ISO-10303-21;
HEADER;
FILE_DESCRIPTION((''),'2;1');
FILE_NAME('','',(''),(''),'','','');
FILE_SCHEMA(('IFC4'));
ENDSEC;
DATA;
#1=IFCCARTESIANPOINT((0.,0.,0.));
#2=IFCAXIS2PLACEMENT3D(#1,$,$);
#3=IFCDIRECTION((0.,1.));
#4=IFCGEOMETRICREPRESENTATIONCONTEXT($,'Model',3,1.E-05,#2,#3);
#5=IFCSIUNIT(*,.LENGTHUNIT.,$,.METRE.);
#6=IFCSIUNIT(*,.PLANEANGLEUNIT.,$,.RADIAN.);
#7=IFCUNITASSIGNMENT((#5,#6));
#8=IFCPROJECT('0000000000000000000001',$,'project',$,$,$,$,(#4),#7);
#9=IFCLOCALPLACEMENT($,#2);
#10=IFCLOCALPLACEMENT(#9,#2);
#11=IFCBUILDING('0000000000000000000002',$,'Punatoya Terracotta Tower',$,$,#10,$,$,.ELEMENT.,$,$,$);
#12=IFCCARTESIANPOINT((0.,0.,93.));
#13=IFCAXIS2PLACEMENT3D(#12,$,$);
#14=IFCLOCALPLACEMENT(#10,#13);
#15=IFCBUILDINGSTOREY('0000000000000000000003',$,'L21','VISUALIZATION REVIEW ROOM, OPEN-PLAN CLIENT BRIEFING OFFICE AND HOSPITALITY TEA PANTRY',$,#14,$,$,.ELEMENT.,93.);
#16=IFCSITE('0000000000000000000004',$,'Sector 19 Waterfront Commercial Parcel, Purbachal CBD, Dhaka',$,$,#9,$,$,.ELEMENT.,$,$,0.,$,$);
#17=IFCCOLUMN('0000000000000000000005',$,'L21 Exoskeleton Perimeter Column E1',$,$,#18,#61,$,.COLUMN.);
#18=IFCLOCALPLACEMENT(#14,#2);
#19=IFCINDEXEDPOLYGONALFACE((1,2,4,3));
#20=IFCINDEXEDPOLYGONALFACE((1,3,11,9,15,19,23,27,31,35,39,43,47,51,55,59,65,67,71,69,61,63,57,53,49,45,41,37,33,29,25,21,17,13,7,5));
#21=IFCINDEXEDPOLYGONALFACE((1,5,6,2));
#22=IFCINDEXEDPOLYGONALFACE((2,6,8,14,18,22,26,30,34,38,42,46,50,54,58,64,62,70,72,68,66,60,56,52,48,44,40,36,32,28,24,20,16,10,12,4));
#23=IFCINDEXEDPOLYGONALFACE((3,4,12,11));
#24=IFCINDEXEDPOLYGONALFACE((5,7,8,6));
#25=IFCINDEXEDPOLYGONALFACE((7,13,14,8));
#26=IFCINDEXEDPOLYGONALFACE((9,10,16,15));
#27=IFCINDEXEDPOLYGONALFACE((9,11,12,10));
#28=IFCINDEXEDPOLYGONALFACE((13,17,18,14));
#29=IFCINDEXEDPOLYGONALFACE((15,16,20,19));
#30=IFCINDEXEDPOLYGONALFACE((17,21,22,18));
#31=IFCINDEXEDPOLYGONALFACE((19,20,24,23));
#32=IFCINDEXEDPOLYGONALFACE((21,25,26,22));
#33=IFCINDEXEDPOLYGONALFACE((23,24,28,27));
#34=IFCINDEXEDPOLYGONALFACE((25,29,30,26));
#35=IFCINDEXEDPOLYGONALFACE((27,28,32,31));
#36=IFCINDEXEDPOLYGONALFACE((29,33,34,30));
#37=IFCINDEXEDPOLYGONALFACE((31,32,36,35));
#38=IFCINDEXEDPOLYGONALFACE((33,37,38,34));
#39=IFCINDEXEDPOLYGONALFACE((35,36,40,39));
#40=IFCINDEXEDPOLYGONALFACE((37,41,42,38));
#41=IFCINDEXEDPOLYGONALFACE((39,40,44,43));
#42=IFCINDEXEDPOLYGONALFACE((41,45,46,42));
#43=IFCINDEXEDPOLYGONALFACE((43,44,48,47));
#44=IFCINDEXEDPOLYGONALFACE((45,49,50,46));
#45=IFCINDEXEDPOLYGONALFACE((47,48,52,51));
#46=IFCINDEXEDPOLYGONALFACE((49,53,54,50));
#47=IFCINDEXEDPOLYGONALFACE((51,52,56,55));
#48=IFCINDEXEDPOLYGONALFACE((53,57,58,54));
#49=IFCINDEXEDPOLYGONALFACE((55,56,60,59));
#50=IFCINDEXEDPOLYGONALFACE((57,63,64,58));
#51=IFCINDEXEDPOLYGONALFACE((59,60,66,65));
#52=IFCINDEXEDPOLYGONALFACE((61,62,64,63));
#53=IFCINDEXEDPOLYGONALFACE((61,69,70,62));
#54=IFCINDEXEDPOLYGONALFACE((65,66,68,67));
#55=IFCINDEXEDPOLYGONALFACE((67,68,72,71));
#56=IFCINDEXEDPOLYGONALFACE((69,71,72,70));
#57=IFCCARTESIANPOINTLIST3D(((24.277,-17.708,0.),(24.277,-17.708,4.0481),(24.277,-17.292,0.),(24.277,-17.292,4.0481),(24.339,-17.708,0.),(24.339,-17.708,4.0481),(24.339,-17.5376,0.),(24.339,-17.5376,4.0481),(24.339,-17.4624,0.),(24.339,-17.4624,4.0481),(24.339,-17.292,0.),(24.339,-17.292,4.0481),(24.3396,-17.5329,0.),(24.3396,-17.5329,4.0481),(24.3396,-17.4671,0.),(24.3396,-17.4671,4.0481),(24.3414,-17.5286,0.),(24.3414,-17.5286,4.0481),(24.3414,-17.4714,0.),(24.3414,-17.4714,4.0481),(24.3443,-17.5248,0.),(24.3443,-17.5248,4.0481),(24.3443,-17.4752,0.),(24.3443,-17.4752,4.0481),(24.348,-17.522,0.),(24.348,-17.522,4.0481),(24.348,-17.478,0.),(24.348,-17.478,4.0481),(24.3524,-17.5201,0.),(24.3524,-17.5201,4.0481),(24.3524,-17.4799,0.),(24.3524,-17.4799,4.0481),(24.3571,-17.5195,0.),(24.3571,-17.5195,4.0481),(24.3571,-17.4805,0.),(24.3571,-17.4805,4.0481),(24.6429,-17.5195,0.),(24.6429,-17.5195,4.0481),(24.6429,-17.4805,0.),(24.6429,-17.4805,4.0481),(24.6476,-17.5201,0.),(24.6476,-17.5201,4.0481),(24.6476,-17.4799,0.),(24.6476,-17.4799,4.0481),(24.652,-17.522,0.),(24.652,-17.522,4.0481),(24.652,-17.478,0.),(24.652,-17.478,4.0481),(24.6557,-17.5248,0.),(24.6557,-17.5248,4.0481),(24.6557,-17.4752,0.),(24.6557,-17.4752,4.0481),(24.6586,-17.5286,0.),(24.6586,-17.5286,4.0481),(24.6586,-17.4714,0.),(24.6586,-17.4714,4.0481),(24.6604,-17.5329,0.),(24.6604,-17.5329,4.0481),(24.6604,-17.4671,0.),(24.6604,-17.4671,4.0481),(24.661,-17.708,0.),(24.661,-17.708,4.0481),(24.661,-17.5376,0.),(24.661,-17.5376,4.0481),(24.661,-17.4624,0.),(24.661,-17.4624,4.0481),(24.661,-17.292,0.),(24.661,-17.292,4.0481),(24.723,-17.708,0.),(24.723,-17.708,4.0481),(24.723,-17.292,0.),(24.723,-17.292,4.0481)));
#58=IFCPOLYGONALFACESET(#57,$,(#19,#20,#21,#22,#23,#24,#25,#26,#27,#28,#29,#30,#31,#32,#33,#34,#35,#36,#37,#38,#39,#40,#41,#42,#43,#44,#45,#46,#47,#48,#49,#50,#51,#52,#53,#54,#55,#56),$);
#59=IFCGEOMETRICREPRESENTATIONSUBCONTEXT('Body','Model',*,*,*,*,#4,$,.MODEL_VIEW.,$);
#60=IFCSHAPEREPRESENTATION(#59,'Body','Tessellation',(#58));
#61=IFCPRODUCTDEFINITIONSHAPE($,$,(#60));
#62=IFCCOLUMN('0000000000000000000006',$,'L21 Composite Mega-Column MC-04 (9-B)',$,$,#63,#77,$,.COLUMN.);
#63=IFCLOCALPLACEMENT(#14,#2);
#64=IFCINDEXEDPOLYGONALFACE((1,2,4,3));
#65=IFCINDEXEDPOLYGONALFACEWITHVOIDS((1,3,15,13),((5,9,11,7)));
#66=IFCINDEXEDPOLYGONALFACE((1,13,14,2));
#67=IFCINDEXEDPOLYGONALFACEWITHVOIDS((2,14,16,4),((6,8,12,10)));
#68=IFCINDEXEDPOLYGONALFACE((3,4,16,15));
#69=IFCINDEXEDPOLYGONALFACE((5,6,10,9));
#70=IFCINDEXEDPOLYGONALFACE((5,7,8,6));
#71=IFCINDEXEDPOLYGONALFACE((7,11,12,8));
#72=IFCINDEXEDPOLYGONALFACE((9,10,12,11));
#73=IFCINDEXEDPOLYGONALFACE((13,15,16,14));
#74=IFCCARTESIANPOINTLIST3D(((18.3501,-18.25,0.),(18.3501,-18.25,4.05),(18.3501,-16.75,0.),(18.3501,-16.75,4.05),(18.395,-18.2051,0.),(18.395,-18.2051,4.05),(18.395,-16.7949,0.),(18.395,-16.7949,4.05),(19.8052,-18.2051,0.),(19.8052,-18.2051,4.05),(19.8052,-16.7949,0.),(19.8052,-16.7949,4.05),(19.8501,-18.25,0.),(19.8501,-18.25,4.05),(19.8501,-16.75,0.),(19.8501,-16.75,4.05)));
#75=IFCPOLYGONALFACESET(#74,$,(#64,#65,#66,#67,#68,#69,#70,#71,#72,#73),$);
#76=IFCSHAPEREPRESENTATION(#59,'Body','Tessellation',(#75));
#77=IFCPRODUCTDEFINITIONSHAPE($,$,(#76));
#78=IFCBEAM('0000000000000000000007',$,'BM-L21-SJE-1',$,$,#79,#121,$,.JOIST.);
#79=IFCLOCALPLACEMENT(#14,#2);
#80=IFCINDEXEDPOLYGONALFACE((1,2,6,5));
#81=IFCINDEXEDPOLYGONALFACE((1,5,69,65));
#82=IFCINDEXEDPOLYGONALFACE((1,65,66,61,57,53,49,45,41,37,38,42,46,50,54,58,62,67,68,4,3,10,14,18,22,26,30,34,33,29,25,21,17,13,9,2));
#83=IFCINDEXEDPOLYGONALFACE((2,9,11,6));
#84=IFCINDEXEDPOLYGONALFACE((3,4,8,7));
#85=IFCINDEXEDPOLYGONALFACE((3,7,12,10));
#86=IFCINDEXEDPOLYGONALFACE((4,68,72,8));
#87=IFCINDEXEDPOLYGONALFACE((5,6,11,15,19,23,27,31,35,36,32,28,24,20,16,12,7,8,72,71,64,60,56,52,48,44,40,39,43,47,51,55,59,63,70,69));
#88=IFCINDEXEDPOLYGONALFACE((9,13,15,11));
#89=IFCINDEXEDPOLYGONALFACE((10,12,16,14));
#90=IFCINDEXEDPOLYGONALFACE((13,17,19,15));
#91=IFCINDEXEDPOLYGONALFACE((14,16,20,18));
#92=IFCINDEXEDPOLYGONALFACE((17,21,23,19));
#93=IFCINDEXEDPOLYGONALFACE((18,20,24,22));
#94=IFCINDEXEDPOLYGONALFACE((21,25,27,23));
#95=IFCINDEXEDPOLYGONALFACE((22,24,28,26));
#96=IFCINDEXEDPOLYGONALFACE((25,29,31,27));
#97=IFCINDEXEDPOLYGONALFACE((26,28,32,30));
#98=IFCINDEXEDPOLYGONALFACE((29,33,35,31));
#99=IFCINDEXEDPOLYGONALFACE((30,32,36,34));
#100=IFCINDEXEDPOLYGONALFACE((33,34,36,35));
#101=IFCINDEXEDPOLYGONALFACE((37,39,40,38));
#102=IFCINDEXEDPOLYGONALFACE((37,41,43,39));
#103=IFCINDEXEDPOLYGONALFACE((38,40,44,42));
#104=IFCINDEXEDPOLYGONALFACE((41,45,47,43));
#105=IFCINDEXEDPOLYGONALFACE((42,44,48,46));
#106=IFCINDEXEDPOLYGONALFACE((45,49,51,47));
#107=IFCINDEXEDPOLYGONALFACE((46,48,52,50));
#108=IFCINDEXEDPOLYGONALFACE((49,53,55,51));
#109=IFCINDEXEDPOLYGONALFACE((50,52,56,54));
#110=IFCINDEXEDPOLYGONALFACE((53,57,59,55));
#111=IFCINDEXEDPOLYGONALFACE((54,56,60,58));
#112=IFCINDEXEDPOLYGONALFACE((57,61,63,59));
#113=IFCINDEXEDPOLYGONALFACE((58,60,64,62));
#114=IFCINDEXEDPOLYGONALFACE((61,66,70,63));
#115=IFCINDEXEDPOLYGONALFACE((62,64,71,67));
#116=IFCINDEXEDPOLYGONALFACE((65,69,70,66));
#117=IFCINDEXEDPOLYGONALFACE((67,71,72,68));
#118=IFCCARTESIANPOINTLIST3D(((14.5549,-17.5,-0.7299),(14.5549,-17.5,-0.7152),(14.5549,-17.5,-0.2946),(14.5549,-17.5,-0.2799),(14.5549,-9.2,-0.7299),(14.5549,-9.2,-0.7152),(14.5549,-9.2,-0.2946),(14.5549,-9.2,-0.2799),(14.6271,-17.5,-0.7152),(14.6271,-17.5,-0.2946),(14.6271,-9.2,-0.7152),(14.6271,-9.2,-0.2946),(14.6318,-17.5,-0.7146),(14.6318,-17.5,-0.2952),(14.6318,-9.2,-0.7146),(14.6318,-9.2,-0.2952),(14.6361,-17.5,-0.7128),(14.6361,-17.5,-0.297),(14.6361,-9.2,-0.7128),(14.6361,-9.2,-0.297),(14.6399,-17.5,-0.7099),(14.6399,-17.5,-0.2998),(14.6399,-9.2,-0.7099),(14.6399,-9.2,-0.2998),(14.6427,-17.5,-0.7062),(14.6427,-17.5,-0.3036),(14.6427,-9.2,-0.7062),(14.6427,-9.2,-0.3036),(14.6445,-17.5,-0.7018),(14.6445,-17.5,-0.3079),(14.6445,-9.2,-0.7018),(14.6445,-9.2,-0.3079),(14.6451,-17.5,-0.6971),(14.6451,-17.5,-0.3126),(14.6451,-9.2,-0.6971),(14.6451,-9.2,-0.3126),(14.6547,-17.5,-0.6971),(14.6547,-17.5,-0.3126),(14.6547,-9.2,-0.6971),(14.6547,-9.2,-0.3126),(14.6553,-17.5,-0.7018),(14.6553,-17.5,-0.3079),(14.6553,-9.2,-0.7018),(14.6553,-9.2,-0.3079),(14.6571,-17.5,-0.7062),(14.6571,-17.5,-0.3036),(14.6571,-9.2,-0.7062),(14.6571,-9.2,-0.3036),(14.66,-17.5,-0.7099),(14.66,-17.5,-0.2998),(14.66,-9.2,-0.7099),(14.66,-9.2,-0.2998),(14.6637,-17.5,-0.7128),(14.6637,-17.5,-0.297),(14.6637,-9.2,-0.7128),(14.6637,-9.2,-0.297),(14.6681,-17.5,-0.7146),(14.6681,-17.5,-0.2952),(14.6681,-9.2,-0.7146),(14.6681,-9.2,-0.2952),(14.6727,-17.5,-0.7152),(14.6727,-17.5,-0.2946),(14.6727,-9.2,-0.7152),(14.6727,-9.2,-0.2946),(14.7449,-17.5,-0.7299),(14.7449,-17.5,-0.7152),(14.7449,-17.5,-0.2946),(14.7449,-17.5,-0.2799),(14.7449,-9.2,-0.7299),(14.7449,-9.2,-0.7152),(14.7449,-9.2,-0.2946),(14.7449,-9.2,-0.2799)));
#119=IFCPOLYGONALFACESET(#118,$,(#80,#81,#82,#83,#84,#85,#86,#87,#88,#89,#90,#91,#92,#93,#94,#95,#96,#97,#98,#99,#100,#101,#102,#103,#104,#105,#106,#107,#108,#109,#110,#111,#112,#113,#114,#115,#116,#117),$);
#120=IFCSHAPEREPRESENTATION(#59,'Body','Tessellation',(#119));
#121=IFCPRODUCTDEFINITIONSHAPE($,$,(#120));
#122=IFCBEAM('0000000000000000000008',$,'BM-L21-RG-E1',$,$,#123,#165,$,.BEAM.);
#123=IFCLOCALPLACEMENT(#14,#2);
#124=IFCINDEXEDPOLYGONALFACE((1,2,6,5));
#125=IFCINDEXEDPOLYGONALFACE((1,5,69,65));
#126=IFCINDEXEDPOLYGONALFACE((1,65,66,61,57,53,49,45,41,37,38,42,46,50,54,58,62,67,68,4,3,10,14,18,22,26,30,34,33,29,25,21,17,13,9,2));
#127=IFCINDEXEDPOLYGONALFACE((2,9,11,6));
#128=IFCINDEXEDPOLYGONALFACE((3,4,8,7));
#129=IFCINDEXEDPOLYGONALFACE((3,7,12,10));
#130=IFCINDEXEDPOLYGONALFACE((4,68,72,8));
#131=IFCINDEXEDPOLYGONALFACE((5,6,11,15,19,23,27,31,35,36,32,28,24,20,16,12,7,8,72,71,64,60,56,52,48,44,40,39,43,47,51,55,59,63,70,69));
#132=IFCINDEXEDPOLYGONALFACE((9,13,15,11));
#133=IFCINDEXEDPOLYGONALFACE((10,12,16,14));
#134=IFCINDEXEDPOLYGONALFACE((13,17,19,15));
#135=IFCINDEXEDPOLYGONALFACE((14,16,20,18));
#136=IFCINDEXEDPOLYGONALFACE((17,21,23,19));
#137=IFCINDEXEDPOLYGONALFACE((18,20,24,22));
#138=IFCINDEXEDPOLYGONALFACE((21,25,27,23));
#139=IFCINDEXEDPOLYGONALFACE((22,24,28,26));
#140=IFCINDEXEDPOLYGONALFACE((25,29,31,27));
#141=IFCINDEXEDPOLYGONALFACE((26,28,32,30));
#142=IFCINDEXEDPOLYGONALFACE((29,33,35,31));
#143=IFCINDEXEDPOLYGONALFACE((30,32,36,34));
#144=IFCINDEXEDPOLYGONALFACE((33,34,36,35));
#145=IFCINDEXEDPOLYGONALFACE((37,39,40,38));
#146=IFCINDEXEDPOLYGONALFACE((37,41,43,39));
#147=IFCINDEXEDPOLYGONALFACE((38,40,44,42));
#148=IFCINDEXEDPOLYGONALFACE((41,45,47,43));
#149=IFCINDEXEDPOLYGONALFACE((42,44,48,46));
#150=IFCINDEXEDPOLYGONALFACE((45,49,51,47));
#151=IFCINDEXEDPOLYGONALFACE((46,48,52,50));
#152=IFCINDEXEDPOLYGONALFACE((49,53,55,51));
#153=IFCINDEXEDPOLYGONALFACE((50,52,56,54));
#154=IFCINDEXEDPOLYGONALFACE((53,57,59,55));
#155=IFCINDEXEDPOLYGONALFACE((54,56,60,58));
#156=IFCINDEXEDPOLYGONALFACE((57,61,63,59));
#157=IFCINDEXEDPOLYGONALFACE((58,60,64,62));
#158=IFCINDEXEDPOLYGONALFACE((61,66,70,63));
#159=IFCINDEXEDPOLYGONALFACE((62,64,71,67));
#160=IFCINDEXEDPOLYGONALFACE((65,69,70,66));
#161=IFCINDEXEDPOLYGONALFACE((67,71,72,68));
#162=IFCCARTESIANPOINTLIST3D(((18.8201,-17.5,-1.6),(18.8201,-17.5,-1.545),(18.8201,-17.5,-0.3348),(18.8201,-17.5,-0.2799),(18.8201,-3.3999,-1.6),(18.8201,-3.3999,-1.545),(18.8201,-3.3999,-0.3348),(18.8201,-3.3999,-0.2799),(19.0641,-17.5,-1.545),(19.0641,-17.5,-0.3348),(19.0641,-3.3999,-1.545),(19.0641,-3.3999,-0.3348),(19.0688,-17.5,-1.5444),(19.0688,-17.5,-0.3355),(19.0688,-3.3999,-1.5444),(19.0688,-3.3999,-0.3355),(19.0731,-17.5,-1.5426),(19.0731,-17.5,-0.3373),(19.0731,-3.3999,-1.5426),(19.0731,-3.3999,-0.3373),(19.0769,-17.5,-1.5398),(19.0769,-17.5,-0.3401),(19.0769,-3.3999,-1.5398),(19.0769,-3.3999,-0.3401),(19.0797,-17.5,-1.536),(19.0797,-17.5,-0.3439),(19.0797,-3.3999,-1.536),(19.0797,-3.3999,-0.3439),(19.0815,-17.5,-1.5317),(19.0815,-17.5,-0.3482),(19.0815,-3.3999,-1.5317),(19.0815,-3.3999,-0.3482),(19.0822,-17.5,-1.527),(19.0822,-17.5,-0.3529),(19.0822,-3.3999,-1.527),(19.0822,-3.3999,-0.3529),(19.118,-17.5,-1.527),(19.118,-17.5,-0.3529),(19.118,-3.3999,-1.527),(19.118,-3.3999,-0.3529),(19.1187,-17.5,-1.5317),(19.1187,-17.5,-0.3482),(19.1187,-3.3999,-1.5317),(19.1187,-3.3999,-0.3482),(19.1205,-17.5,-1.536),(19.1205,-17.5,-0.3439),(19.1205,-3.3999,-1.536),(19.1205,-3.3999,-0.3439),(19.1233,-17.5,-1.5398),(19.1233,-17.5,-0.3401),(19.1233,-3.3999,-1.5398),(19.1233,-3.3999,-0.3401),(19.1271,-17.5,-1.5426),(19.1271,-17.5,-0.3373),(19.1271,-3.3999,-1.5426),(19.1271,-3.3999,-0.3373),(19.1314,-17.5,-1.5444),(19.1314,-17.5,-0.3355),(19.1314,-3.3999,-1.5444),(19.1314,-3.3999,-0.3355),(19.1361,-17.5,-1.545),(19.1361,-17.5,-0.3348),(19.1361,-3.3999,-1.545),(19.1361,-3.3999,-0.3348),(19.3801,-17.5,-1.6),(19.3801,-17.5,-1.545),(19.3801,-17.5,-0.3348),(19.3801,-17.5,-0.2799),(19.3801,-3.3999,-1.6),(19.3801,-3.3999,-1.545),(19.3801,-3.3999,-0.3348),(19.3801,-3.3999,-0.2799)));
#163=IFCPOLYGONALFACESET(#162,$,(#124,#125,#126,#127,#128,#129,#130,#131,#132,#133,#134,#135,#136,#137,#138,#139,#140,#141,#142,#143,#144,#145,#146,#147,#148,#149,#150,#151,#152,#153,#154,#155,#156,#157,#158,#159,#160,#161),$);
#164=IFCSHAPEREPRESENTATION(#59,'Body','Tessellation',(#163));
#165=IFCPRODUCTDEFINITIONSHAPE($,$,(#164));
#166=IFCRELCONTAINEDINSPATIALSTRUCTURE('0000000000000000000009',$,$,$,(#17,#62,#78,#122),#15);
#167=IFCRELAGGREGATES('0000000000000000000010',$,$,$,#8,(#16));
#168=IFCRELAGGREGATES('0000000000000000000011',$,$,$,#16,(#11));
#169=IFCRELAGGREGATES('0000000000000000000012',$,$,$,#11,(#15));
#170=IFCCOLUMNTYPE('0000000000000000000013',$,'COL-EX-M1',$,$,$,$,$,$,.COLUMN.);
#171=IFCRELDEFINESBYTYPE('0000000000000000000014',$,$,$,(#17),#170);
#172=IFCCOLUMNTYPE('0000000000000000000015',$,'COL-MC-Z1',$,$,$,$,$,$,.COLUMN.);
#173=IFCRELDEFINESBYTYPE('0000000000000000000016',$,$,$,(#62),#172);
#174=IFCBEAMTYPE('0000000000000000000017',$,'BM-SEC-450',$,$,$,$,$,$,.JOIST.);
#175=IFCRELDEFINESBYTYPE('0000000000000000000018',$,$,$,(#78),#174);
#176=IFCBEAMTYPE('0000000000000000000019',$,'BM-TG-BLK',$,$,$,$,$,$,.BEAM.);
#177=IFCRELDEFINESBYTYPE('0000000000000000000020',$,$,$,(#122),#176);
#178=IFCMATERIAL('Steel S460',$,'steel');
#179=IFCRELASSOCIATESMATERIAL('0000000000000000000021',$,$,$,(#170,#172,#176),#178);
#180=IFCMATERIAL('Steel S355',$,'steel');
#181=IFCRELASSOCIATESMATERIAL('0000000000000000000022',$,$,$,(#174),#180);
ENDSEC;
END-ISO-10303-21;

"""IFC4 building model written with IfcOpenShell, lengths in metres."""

from ifc_helpers import new_model, si_unit, direction, frame, origin, origin_2d, place, context, subcontext, project, spatial, hollow_rectangle, i_section, extrude, material, material_profile, profile_set, type_object, element, save


model = new_model("IFC4")

# Units and contexts
model_context = context("Model", 3, precision=1e-05, world=origin(), true_north=direction((0.0, 1.0)))
body_context = subcontext(model_context, "Body", "Model", "MODEL_VIEW")
ifc_project = project(units=[si_unit("LENGTHUNIT", "METRE"), si_unit("PLANEANGLEUNIT", "RADIAN")], contexts=[model_context])

# Site, building, storey
site_placement = place(None, origin())
site = spatial("IfcSite", under=ifc_project, at=site_placement, Name="Sector 19 Waterfront Commercial Parcel, Purbachal CBD, Dhaka", CompositionType="ELEMENT", RefElevation=0.0)
building_placement = place(site_placement, origin())
building = spatial("IfcBuilding", under=site, at=building_placement, Name="Punatoya Terracotta Tower", CompositionType="ELEMENT")
storey_placement = place(building_placement, frame((0.0, 0.0, 93.0)))
storey = spatial("IfcBuildingStorey", under=building, at=storey_placement, Name="L21", Description="VISUALIZATION REVIEW ROOM, OPEN-PLAN CLIENT BRIEFING OFFICE AND HOSPITALITY TEA PANTRY", CompositionType="ELEMENT", Elevation=93.0)

# Columns
ifc_material_1 = material(Name="Steel S460", Category="steel")
ifc_material_profile_1 = material_profile(ifc_material_1, i_section(OverallWidth=0.416, OverallDepth=0.446, WebThickness=0.0391, FlangeThickness=0.062, FilletRadius=0.0181, at=origin_2d()))
ifc_profile_set_1 = profile_set([ifc_material_profile_1], Name="Steel S460")
column_type_1 = type_object("IfcColumnType", Name="COL-EX-M1", PredefinedType="COLUMN", material=ifc_profile_set_1)
column_1_placement = place(storey_placement, frame((24.5, -17.5, 0.0), z_axis=(0.0, 0.0, 1.0), x_axis=(0.0, 1.0, 0.0)))
element("IfcColumn", 1, at=column_1_placement, inside=storey, type_object=column_type_1, Name="L21 Exoskeleton Perimeter Column E1", PredefinedType="COLUMN", context=body_context, shape_type="SweptSolid", body=[
    extrude(i_section(OverallWidth=0.416, OverallDepth=0.446, WebThickness=0.0391, FlangeThickness=0.062, FilletRadius=0.0181, at=origin_2d()), origin(), (0.0, 0.0, 1.0), 4.0481),
])
ifc_material_profile_2 = material_profile(ifc_material_1, hollow_rectangle(XDim=1.5, YDim=1.5, WallThickness=0.0449, at=origin_2d()))
ifc_profile_set_2 = profile_set([ifc_material_profile_2], Name="Steel S460")
column_type_2 = type_object("IfcColumnType", Name="COL-MC-Z1", PredefinedType="COLUMN", material=ifc_profile_set_2)
column_2_placement = place(storey_placement, frame((19.1001, -17.5, 0.0), z_axis=(0.0, 0.0, 1.0), x_axis=(1.0, 0.0, 0.0)))
element("IfcColumn", 2, at=column_2_placement, inside=storey, type_object=column_type_2, Name="L21 Composite Mega-Column MC-04 (9-B)", PredefinedType="COLUMN", context=body_context, shape_type="SweptSolid", body=[
    extrude(hollow_rectangle(XDim=1.5, YDim=1.5, WallThickness=0.0449, at=origin_2d()), origin(), (0.0, 0.0, 1.0), 4.05),
])

# Beams
ifc_material_2 = material(Name="Steel S355", Category="steel")
ifc_material_profile_3 = material_profile(ifc_material_2, i_section(OverallWidth=0.1899, OverallDepth=0.45, WebThickness=0.0095, FlangeThickness=0.0146, FilletRadius=0.0181, at=origin_2d()))
ifc_profile_set_3 = profile_set([ifc_material_profile_3], Name="Steel S355")
beam_type_1 = type_object("IfcBeamType", Name="BM-SEC-450", PredefinedType="JOIST", material=ifc_profile_set_3)
beam_1_placement = place(storey_placement, frame((14.6499, -17.5, -0.5049), z_axis=(0.0, 1.0, 0.0), x_axis=(-1.0, 0.0, 0.0)))
element("IfcBeam", 3, at=beam_1_placement, inside=storey, type_object=beam_type_1, Name="BM-L21-SJE-1", PredefinedType="JOIST", context=body_context, shape_type="SweptSolid", body=[
    extrude(i_section(OverallWidth=0.1899, OverallDepth=0.45, WebThickness=0.0095, FlangeThickness=0.0146, FilletRadius=0.0181, at=origin_2d()), origin(), (0.0, 0.0, 1.0), 8.3),
])
ifc_material_profile_4 = material_profile(ifc_material_1, i_section(OverallWidth=0.5601, OverallDepth=1.3201, WebThickness=0.0359, FlangeThickness=0.0549, FilletRadius=0.0181, at=origin_2d()))
ifc_profile_set_4 = profile_set([ifc_material_profile_4], Name="Steel S460")
beam_type_2 = type_object("IfcBeamType", Name="BM-TG-BLK", PredefinedType="BEAM", material=ifc_profile_set_4)
beam_2_placement = place(storey_placement, frame((19.1001, -17.5, -0.9399), z_axis=(0.0, 1.0, 0.0), x_axis=(-1.0, 0.0, 0.0)))
element("IfcBeam", 4, at=beam_2_placement, inside=storey, type_object=beam_type_2, Name="BM-L21-RG-E1", PredefinedType="BEAM", context=body_context, shape_type="SweptSolid", body=[
    extrude(i_section(OverallWidth=0.5601, OverallDepth=1.3201, WebThickness=0.0359, FlangeThickness=0.0549, FilletRadius=0.0181, at=origin_2d()), origin(), (0.0, 0.0, 1.0), 14.1001),
])

save(model, "model.ifc")
